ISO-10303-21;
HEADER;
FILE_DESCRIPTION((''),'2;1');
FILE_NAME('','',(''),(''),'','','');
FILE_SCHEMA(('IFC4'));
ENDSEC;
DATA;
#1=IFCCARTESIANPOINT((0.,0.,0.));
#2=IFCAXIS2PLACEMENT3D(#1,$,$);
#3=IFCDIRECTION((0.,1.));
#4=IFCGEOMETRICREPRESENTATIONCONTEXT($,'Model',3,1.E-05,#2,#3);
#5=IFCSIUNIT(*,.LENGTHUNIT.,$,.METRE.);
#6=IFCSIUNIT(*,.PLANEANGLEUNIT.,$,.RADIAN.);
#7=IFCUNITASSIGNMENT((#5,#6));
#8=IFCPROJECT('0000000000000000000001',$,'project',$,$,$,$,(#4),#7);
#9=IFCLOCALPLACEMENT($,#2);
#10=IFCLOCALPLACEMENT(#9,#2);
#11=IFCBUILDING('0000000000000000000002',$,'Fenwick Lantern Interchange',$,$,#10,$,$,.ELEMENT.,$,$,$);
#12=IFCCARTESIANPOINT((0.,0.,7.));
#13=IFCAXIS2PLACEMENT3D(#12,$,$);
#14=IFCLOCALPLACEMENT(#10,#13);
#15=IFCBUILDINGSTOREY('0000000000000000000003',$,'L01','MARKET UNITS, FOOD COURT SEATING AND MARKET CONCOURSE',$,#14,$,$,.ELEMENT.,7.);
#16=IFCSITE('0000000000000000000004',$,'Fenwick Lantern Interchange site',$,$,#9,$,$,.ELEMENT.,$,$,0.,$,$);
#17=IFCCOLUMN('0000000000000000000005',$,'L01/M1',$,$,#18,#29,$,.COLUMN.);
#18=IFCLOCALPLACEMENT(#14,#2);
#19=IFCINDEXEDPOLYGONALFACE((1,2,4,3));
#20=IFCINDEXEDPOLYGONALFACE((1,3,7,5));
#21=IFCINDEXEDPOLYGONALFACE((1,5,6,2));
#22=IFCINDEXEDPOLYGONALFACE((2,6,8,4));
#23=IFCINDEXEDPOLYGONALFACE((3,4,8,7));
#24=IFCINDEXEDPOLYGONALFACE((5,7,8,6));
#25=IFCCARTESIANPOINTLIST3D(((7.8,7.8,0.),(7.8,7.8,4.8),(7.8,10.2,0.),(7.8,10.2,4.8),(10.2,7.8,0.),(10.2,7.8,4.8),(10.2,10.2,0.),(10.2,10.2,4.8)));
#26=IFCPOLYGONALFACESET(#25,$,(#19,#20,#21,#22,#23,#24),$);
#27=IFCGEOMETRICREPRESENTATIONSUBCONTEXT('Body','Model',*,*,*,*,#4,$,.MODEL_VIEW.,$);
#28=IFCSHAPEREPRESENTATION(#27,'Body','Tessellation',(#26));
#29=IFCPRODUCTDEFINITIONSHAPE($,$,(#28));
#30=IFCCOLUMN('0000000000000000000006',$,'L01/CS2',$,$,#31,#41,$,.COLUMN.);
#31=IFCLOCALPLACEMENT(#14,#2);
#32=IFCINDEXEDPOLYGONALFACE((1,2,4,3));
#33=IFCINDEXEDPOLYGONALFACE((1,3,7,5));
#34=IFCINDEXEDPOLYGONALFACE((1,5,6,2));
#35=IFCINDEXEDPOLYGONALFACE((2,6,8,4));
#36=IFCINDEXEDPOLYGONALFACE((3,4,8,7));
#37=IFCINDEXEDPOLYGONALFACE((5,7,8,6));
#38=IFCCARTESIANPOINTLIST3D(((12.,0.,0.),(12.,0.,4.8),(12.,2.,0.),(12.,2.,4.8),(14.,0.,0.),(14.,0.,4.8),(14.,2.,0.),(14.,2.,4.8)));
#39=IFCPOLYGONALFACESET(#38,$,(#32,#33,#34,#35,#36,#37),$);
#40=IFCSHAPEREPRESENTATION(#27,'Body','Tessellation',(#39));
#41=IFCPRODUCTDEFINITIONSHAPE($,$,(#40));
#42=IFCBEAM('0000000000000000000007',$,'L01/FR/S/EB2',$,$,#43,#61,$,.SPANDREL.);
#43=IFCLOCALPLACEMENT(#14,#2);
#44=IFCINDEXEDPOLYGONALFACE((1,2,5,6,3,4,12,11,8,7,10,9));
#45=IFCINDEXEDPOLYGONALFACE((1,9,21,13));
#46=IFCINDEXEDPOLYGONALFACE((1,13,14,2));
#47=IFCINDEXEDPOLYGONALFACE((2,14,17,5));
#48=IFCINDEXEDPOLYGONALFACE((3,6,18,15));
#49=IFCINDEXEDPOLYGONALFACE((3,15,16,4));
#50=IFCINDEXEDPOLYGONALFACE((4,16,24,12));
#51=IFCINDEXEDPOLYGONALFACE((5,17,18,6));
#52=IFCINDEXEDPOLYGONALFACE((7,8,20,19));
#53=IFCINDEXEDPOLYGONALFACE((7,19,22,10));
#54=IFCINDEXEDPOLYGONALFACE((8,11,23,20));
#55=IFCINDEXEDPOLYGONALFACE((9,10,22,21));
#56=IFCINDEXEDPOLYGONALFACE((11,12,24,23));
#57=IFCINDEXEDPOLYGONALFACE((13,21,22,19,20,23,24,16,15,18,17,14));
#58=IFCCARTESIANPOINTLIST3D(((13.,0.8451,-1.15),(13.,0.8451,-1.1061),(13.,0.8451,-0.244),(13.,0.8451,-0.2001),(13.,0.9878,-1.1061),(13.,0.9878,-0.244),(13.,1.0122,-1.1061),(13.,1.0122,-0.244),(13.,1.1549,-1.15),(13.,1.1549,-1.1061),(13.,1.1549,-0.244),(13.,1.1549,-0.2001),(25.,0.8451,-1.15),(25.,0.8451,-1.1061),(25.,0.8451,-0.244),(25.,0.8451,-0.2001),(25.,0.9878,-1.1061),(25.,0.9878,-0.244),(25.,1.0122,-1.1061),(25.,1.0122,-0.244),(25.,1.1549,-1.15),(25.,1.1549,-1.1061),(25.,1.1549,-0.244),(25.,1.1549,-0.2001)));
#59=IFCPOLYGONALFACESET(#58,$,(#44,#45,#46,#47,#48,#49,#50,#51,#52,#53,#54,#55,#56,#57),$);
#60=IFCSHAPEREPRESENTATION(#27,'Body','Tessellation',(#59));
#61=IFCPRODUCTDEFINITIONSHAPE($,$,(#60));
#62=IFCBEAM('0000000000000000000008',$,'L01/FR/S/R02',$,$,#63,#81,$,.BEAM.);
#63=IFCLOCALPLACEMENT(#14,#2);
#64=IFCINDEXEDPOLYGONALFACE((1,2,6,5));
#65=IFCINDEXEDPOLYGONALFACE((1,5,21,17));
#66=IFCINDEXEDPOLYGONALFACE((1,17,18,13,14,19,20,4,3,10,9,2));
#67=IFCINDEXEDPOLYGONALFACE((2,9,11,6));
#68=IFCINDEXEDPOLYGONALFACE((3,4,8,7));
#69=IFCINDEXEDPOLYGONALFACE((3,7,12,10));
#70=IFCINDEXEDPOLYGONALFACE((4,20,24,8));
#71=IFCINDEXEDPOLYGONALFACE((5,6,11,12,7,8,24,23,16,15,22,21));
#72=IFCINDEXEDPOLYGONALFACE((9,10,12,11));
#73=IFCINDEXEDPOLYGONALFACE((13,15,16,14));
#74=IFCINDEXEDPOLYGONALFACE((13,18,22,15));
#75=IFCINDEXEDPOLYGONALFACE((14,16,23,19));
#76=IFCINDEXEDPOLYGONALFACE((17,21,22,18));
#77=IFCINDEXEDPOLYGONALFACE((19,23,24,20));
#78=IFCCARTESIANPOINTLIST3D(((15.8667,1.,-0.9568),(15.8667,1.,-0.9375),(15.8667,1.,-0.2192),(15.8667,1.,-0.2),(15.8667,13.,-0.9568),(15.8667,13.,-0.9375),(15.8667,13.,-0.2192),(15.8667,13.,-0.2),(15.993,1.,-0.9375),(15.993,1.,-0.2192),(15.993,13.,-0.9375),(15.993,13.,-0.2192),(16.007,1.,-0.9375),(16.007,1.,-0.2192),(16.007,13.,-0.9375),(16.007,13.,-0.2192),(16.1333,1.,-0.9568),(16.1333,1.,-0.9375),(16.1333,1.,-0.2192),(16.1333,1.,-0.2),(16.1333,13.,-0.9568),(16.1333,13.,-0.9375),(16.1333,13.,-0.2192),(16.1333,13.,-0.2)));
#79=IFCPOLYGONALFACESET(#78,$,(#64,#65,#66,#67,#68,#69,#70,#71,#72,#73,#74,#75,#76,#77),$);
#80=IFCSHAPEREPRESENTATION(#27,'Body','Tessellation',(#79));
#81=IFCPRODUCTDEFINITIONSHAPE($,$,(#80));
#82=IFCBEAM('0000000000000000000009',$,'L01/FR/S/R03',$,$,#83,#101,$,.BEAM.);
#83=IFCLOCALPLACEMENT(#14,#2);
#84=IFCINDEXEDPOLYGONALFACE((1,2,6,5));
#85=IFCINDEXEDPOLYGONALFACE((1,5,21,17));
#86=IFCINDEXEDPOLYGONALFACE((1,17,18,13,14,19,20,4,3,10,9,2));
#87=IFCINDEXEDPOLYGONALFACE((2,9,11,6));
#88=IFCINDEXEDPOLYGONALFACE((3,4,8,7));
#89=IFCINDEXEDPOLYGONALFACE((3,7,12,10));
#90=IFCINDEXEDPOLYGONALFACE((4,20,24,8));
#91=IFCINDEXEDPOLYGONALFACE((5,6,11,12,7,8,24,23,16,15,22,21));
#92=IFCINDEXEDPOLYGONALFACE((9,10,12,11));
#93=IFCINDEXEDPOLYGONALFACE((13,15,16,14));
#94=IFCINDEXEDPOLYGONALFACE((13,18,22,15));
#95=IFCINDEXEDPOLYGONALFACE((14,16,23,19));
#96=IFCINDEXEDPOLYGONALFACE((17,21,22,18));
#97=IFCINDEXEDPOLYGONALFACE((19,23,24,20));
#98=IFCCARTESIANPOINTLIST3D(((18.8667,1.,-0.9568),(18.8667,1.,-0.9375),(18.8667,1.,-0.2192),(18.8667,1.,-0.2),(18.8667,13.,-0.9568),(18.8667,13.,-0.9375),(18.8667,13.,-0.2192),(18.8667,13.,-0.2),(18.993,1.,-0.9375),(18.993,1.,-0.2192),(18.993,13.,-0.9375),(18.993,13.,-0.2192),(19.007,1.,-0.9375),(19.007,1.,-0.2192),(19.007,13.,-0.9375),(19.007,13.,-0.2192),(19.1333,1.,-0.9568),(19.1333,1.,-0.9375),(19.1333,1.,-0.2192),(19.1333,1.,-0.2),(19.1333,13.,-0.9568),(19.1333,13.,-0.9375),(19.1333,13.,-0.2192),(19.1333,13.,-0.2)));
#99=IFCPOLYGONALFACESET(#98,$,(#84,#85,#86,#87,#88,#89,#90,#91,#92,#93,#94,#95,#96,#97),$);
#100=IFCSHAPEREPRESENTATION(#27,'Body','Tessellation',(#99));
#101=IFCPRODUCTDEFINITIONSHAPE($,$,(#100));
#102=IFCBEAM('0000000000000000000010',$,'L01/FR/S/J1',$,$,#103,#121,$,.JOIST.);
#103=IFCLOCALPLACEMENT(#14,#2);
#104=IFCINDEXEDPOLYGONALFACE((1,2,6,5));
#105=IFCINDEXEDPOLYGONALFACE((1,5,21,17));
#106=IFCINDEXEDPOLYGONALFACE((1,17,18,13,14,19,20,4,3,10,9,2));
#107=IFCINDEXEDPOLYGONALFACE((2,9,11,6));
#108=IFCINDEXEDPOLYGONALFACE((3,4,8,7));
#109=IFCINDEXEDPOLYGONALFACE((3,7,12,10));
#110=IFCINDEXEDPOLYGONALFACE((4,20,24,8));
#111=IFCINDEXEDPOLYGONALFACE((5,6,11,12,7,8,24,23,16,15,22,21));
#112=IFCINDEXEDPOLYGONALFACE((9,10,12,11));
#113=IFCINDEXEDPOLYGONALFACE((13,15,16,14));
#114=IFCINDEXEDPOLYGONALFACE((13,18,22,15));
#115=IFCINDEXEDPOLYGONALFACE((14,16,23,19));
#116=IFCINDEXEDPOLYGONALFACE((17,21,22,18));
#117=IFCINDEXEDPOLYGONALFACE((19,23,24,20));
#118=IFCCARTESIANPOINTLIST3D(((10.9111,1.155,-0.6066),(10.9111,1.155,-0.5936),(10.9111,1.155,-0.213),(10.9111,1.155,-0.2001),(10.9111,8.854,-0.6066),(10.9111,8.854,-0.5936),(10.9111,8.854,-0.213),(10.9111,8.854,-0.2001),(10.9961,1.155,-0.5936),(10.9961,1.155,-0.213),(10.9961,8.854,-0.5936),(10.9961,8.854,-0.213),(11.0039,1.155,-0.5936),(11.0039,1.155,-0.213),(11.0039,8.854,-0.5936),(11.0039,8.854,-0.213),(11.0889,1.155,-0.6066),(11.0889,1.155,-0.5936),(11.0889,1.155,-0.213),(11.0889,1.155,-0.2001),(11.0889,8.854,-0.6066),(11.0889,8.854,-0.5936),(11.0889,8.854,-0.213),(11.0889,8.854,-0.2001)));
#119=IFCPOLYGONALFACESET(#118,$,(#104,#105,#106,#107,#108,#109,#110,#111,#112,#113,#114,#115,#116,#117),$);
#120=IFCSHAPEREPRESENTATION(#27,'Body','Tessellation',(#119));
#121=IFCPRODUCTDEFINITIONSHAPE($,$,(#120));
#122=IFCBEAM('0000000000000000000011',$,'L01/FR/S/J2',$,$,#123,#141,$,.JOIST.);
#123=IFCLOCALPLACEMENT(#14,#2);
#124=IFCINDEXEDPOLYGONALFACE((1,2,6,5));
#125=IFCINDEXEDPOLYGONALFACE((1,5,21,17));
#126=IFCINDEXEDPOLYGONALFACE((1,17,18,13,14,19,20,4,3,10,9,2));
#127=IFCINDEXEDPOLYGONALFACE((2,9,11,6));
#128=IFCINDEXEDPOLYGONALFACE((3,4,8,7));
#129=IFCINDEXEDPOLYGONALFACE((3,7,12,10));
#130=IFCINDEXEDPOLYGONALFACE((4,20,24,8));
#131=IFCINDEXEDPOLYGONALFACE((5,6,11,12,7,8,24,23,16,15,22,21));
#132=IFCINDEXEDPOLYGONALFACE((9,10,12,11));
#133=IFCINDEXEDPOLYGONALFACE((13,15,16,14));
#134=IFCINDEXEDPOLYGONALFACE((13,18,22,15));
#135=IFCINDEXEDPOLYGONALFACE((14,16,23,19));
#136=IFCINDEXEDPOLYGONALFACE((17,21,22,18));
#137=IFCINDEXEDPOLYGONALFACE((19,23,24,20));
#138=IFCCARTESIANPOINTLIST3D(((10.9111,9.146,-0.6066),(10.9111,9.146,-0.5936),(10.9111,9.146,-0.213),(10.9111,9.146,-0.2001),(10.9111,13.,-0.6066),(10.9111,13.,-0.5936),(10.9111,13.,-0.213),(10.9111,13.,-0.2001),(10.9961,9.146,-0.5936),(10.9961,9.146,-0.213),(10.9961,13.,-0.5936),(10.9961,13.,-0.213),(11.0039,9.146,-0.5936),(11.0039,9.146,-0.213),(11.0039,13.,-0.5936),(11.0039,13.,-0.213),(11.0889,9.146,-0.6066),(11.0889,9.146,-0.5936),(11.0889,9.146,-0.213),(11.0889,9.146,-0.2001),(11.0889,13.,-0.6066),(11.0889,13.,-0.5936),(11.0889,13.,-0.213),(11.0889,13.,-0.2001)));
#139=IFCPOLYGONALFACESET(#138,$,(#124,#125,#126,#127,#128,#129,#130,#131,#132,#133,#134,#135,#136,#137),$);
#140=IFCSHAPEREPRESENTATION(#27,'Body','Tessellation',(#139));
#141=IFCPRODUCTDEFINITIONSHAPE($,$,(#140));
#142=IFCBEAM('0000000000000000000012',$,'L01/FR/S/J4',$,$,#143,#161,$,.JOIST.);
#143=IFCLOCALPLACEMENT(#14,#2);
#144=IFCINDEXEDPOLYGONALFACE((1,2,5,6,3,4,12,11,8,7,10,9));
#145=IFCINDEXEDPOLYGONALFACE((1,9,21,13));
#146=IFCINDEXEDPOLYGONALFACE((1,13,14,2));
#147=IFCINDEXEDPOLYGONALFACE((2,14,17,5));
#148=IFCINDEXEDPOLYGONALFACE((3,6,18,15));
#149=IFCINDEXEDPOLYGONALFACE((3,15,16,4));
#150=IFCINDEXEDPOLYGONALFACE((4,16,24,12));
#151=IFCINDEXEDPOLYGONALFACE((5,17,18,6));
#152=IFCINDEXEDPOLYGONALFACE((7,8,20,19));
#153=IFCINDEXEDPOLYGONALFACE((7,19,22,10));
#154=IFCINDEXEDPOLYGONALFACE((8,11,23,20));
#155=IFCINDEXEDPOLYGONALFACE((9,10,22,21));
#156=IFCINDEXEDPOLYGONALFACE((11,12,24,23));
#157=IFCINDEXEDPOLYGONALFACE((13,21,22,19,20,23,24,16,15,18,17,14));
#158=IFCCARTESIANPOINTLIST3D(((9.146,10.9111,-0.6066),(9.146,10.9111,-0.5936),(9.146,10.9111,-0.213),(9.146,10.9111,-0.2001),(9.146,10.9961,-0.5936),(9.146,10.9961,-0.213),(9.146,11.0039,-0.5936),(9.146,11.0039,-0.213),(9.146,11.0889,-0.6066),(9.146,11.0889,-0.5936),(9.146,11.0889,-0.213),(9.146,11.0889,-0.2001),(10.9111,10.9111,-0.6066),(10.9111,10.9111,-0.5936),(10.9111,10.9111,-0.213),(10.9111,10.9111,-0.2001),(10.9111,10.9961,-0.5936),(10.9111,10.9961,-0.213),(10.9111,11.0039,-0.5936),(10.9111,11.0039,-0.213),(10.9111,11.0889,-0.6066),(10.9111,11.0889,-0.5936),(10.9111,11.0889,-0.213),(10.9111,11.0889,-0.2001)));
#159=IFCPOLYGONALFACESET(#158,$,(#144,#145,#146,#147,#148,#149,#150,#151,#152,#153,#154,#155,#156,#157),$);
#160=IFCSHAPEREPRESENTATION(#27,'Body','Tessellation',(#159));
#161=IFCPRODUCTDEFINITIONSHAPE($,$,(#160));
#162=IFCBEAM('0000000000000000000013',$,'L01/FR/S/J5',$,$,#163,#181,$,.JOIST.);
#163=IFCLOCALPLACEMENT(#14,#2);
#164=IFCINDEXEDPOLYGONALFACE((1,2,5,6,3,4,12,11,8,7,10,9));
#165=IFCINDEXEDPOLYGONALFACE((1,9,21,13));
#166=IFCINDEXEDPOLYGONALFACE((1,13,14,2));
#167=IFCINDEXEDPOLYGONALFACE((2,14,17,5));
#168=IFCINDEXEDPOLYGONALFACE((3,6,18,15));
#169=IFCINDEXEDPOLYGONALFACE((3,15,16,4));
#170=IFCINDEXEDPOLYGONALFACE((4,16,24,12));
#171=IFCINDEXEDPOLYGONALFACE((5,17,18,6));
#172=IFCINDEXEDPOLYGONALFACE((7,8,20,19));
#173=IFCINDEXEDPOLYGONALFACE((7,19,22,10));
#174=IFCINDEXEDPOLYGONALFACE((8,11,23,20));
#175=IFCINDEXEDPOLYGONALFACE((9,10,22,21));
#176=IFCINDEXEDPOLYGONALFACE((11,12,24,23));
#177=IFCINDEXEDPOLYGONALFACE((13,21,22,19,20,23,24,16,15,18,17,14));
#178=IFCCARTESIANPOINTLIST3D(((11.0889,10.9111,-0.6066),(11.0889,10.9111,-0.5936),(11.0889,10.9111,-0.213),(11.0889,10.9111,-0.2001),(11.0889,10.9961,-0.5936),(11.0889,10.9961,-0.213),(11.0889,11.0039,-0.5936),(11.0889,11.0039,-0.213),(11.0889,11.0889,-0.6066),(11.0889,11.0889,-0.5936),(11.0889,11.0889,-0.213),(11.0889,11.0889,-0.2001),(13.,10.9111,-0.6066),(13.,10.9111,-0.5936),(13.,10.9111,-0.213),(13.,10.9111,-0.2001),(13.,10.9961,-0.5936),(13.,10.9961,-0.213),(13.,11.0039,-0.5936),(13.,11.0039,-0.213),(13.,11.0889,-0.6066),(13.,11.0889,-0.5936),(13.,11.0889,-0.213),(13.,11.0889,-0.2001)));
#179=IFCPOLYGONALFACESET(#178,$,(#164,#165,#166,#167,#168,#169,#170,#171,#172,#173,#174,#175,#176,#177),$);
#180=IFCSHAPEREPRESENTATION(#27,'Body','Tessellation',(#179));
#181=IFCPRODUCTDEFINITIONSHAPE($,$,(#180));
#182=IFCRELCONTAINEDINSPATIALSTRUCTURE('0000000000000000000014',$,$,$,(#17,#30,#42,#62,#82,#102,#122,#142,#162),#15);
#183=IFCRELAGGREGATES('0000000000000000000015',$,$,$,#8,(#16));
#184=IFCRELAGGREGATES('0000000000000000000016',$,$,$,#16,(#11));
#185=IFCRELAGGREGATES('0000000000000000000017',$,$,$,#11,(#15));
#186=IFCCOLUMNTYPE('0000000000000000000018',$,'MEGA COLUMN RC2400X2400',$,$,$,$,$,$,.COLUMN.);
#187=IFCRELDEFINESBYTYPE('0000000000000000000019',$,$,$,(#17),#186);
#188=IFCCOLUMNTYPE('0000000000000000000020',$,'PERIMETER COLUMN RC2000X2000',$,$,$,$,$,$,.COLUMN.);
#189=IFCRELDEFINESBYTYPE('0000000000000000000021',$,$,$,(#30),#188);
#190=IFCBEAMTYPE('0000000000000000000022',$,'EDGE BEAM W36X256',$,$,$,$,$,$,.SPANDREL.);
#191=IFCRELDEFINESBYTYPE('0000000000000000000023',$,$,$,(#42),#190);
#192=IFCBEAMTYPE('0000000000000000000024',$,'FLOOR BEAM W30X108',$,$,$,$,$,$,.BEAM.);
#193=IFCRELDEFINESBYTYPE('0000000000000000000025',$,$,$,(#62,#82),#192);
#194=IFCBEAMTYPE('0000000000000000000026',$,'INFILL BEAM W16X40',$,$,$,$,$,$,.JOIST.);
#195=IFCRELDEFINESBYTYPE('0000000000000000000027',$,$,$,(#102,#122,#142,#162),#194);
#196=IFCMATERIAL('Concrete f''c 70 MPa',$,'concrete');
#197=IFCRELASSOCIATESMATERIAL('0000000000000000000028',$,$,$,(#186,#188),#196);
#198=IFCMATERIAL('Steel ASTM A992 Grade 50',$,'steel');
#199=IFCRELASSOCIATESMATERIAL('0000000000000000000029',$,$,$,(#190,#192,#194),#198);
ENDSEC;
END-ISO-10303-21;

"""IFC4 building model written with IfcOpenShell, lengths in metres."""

from ifc_helpers import new_model, si_unit, direction, frame, origin, origin_2d, place, context, subcontext, project, spatial, rectangle, i_section, extrude, material, material_profile, profile_set, type_object, element, save


model = new_model("IFC4")

# Units and contexts
model_context = context("Model", 3, precision=1e-05, world=origin(), true_north=direction((0.0, 1.0)))
body_context = subcontext(model_context, "Body", "Model", "MODEL_VIEW")
ifc_project = project(units=[si_unit("LENGTHUNIT", "METRE"), si_unit("PLANEANGLEUNIT", "RADIAN")], contexts=[model_context])

# Site, building, storey
site_placement = place(None, origin())
site = spatial("IfcSite", under=ifc_project, at=site_placement, Name="Fenwick Lantern Interchange site", CompositionType="ELEMENT", RefElevation=0.0)
building_placement = place(site_placement, origin())
building = spatial("IfcBuilding", under=site, at=building_placement, Name="Fenwick Lantern Interchange", CompositionType="ELEMENT")
storey_placement = place(building_placement, frame((0.0, 0.0, 7.0)))
storey = spatial("IfcBuildingStorey", under=building, at=storey_placement, Name="L01", Description="MARKET UNITS, FOOD COURT SEATING AND MARKET CONCOURSE", CompositionType="ELEMENT", Elevation=7.0)

# Columns
ifc_material_1 = material(Name="Concrete f'c 70 MPa", Category="concrete")
ifc_material_profile_1 = material_profile(ifc_material_1, rectangle(XDim=2.3999, YDim=2.3999, at=origin_2d()), Name="RC2400X2400")
ifc_profile_set_1 = profile_set([ifc_material_profile_1], Name="Concrete f'c 70 MPa")
column_type_1 = type_object("IfcColumnType", Name="MEGA COLUMN RC2400X2400", PredefinedType="COLUMN", material=ifc_profile_set_1)
column_1_placement = place(storey_placement, frame((9.0, 9.0, 0.0), z_axis=(0.0, 0.0, 1.0), x_axis=(1.0, 0.0, 0.0)))
element("IfcColumn", 1, at=column_1_placement, inside=storey, type_object=column_type_1, Name="L01/M1", PredefinedType="COLUMN", context=body_context, shape_type="SweptSolid", body=[
    extrude(rectangle(XDim=2.3999, YDim=2.3999, at=origin_2d()), origin(), (0.0, 0.0, 1.0), 4.8),
])
ifc_material_profile_2 = material_profile(ifc_material_1, rectangle(XDim=2.0, YDim=2.0, at=origin_2d()), Name="RC2000X2000")
ifc_profile_set_2 = profile_set([ifc_material_profile_2], Name="Concrete f'c 70 MPa")
column_type_2 = type_object("IfcColumnType", Name="PERIMETER COLUMN RC2000X2000", PredefinedType="COLUMN", material=ifc_profile_set_2)
column_2_placement = place(storey_placement, frame((13.0, 1.0, 0.0), z_axis=(0.0, 0.0, 1.0), x_axis=(1.0, 0.0, 0.0)))
element("IfcColumn", 2, at=column_2_placement, inside=storey, type_object=column_type_2, Name="L01/CS2", PredefinedType="COLUMN", context=body_context, shape_type="SweptSolid", body=[
    extrude(rectangle(XDim=2.0, YDim=2.0, at=origin_2d()), origin(), (0.0, 0.0, 1.0), 4.8),
])

# Beams
ifc_material_2 = material(Name="Steel ASTM A992 Grade 50", Category="steel")
ifc_material_profile_3 = material_profile(ifc_material_2, i_section(OverallWidth=0.3098, OverallDepth=0.95, WebThickness=0.0244, FlangeThickness=0.0439, at=origin_2d()), Name="W36X256")
ifc_profile_set_3 = profile_set([ifc_material_profile_3], Name="Steel ASTM A992 Grade 50")
beam_type_1 = type_object("IfcBeamType", Name="EDGE BEAM W36X256", PredefinedType="SPANDREL", material=ifc_profile_set_3)
beam_1_placement = place(storey_placement, frame((13.0, 1.0, -0.675), z_axis=(1.0, 0.0, 0.0), x_axis=(0.0, 1.0, 0.0)))
element("IfcBeam", 3, at=beam_1_placement, inside=storey, type_object=beam_type_1, Name="L01/FR/S/EB2", PredefinedType="SPANDREL", context=body_context, shape_type="SweptSolid", body=[
    extrude(i_section(OverallWidth=0.3098, OverallDepth=0.95, WebThickness=0.0244, FlangeThickness=0.0439, at=origin_2d()), origin(), (0.0, 0.0, 1.0), 12.0),
])
ifc_material_profile_4 = material_profile(ifc_material_2, i_section(OverallWidth=0.2666, OverallDepth=0.7568, WebThickness=0.0139, FlangeThickness=0.0193, at=origin_2d()), Name="W30X108")
ifc_profile_set_4 = profile_set([ifc_material_profile_4], Name="Steel ASTM A992 Grade 50")
beam_type_2 = type_object("IfcBeamType", Name="FLOOR BEAM W30X108", PredefinedType="BEAM", material=ifc_profile_set_4)
for number, where, z_axis, x_axis, name in (
    (4, (16.0, 1.0, -0.5784), (0.0, 1.0, 0.0), (-1.0, 0.0, 0.0), "L01/FR/S/R02"),
    (5, (19.0, 1.0, -0.5784), (0.0, 1.0, 0.0), (-1.0, 0.0, 0.0), "L01/FR/S/R03"),
):
    element("IfcBeam", number, at=place(storey_placement, frame(where, z_axis=z_axis, x_axis=x_axis)), inside=storey, type_object=beam_type_2, Name=name, PredefinedType="BEAM", context=body_context, shape_type="SweptSolid", body=[
        extrude(i_section(OverallWidth=0.2666, OverallDepth=0.7568, WebThickness=0.0139, FlangeThickness=0.0193, at=origin_2d()), origin(), (0.0, 0.0, 1.0), 12.0),
    ])
ifc_material_profile_5 = material_profile(ifc_material_2, i_section(OverallWidth=0.1777, OverallDepth=0.4065, WebThickness=0.0078, FlangeThickness=0.0129, at=origin_2d()), Name="W16X40")
ifc_profile_set_5 = profile_set([ifc_material_profile_5], Name="Steel ASTM A992 Grade 50")
beam_type_3 = type_object("IfcBeamType", Name="INFILL BEAM W16X40", PredefinedType="JOIST", material=ifc_profile_set_5)
beam_2_placement = place(storey_placement, frame((11.0, 1.155, -0.4033), z_axis=(0.0, 1.0, 0.0), x_axis=(-1.0, 0.0, 0.0)))
element("IfcBeam", 6, at=beam_2_placement, inside=storey, type_object=beam_type_3, Name="L01/FR/S/J1", PredefinedType="JOIST", context=body_context, shape_type="SweptSolid", body=[
    extrude(i_section(OverallWidth=0.1777, OverallDepth=0.4065, WebThickness=0.0078, FlangeThickness=0.0129, at=origin_2d()), origin(), (0.0, 0.0, 1.0), 7.699),
])
beam_3_placement = place(storey_placement, frame((11.0, 9.146, -0.4033), z_axis=(0.0, 1.0, 0.0), x_axis=(-1.0, 0.0, 0.0)))
element("IfcBeam", 7, at=beam_3_placement, inside=storey, type_object=beam_type_3, Name="L01/FR/S/J2", PredefinedType="JOIST", context=body_context, shape_type="SweptSolid", body=[
    extrude(i_section(OverallWidth=0.1777, OverallDepth=0.4065, WebThickness=0.0078, FlangeThickness=0.0129, at=origin_2d()), origin(), (0.0, 0.0, 1.0), 3.854),
])
beam_4_placement = place(storey_placement, frame((9.146, 11.0, -0.4033), z_axis=(1.0, 0.0, 0.0), x_axis=(0.0, 1.0, 0.0)))
element("IfcBeam", 8, at=beam_4_placement, inside=storey, type_object=beam_type_3, Name="L01/FR/S/J4", PredefinedType="JOIST", context=body_context, shape_type="SweptSolid", body=[
    extrude(i_section(OverallWidth=0.1777, OverallDepth=0.4065, WebThickness=0.0078, FlangeThickness=0.0129, at=origin_2d()), origin(), (0.0, 0.0, 1.0), 1.7651),
])
beam_5_placement = place(storey_placement, frame((11.0889, 11.0, -0.4033), z_axis=(1.0, 0.0, 0.0), x_axis=(0.0, 1.0, 0.0)))
element("IfcBeam", 9, at=beam_5_placement, inside=storey, type_object=beam_type_3, Name="L01/FR/S/J5", PredefinedType="JOIST", context=body_context, shape_type="SweptSolid", body=[
    extrude(i_section(OverallWidth=0.1777, OverallDepth=0.4065, WebThickness=0.0078, FlangeThickness=0.0129, at=origin_2d()), origin(), (0.0, 0.0, 1.0), 1.9111),
])

save(model, "model.ifc")
